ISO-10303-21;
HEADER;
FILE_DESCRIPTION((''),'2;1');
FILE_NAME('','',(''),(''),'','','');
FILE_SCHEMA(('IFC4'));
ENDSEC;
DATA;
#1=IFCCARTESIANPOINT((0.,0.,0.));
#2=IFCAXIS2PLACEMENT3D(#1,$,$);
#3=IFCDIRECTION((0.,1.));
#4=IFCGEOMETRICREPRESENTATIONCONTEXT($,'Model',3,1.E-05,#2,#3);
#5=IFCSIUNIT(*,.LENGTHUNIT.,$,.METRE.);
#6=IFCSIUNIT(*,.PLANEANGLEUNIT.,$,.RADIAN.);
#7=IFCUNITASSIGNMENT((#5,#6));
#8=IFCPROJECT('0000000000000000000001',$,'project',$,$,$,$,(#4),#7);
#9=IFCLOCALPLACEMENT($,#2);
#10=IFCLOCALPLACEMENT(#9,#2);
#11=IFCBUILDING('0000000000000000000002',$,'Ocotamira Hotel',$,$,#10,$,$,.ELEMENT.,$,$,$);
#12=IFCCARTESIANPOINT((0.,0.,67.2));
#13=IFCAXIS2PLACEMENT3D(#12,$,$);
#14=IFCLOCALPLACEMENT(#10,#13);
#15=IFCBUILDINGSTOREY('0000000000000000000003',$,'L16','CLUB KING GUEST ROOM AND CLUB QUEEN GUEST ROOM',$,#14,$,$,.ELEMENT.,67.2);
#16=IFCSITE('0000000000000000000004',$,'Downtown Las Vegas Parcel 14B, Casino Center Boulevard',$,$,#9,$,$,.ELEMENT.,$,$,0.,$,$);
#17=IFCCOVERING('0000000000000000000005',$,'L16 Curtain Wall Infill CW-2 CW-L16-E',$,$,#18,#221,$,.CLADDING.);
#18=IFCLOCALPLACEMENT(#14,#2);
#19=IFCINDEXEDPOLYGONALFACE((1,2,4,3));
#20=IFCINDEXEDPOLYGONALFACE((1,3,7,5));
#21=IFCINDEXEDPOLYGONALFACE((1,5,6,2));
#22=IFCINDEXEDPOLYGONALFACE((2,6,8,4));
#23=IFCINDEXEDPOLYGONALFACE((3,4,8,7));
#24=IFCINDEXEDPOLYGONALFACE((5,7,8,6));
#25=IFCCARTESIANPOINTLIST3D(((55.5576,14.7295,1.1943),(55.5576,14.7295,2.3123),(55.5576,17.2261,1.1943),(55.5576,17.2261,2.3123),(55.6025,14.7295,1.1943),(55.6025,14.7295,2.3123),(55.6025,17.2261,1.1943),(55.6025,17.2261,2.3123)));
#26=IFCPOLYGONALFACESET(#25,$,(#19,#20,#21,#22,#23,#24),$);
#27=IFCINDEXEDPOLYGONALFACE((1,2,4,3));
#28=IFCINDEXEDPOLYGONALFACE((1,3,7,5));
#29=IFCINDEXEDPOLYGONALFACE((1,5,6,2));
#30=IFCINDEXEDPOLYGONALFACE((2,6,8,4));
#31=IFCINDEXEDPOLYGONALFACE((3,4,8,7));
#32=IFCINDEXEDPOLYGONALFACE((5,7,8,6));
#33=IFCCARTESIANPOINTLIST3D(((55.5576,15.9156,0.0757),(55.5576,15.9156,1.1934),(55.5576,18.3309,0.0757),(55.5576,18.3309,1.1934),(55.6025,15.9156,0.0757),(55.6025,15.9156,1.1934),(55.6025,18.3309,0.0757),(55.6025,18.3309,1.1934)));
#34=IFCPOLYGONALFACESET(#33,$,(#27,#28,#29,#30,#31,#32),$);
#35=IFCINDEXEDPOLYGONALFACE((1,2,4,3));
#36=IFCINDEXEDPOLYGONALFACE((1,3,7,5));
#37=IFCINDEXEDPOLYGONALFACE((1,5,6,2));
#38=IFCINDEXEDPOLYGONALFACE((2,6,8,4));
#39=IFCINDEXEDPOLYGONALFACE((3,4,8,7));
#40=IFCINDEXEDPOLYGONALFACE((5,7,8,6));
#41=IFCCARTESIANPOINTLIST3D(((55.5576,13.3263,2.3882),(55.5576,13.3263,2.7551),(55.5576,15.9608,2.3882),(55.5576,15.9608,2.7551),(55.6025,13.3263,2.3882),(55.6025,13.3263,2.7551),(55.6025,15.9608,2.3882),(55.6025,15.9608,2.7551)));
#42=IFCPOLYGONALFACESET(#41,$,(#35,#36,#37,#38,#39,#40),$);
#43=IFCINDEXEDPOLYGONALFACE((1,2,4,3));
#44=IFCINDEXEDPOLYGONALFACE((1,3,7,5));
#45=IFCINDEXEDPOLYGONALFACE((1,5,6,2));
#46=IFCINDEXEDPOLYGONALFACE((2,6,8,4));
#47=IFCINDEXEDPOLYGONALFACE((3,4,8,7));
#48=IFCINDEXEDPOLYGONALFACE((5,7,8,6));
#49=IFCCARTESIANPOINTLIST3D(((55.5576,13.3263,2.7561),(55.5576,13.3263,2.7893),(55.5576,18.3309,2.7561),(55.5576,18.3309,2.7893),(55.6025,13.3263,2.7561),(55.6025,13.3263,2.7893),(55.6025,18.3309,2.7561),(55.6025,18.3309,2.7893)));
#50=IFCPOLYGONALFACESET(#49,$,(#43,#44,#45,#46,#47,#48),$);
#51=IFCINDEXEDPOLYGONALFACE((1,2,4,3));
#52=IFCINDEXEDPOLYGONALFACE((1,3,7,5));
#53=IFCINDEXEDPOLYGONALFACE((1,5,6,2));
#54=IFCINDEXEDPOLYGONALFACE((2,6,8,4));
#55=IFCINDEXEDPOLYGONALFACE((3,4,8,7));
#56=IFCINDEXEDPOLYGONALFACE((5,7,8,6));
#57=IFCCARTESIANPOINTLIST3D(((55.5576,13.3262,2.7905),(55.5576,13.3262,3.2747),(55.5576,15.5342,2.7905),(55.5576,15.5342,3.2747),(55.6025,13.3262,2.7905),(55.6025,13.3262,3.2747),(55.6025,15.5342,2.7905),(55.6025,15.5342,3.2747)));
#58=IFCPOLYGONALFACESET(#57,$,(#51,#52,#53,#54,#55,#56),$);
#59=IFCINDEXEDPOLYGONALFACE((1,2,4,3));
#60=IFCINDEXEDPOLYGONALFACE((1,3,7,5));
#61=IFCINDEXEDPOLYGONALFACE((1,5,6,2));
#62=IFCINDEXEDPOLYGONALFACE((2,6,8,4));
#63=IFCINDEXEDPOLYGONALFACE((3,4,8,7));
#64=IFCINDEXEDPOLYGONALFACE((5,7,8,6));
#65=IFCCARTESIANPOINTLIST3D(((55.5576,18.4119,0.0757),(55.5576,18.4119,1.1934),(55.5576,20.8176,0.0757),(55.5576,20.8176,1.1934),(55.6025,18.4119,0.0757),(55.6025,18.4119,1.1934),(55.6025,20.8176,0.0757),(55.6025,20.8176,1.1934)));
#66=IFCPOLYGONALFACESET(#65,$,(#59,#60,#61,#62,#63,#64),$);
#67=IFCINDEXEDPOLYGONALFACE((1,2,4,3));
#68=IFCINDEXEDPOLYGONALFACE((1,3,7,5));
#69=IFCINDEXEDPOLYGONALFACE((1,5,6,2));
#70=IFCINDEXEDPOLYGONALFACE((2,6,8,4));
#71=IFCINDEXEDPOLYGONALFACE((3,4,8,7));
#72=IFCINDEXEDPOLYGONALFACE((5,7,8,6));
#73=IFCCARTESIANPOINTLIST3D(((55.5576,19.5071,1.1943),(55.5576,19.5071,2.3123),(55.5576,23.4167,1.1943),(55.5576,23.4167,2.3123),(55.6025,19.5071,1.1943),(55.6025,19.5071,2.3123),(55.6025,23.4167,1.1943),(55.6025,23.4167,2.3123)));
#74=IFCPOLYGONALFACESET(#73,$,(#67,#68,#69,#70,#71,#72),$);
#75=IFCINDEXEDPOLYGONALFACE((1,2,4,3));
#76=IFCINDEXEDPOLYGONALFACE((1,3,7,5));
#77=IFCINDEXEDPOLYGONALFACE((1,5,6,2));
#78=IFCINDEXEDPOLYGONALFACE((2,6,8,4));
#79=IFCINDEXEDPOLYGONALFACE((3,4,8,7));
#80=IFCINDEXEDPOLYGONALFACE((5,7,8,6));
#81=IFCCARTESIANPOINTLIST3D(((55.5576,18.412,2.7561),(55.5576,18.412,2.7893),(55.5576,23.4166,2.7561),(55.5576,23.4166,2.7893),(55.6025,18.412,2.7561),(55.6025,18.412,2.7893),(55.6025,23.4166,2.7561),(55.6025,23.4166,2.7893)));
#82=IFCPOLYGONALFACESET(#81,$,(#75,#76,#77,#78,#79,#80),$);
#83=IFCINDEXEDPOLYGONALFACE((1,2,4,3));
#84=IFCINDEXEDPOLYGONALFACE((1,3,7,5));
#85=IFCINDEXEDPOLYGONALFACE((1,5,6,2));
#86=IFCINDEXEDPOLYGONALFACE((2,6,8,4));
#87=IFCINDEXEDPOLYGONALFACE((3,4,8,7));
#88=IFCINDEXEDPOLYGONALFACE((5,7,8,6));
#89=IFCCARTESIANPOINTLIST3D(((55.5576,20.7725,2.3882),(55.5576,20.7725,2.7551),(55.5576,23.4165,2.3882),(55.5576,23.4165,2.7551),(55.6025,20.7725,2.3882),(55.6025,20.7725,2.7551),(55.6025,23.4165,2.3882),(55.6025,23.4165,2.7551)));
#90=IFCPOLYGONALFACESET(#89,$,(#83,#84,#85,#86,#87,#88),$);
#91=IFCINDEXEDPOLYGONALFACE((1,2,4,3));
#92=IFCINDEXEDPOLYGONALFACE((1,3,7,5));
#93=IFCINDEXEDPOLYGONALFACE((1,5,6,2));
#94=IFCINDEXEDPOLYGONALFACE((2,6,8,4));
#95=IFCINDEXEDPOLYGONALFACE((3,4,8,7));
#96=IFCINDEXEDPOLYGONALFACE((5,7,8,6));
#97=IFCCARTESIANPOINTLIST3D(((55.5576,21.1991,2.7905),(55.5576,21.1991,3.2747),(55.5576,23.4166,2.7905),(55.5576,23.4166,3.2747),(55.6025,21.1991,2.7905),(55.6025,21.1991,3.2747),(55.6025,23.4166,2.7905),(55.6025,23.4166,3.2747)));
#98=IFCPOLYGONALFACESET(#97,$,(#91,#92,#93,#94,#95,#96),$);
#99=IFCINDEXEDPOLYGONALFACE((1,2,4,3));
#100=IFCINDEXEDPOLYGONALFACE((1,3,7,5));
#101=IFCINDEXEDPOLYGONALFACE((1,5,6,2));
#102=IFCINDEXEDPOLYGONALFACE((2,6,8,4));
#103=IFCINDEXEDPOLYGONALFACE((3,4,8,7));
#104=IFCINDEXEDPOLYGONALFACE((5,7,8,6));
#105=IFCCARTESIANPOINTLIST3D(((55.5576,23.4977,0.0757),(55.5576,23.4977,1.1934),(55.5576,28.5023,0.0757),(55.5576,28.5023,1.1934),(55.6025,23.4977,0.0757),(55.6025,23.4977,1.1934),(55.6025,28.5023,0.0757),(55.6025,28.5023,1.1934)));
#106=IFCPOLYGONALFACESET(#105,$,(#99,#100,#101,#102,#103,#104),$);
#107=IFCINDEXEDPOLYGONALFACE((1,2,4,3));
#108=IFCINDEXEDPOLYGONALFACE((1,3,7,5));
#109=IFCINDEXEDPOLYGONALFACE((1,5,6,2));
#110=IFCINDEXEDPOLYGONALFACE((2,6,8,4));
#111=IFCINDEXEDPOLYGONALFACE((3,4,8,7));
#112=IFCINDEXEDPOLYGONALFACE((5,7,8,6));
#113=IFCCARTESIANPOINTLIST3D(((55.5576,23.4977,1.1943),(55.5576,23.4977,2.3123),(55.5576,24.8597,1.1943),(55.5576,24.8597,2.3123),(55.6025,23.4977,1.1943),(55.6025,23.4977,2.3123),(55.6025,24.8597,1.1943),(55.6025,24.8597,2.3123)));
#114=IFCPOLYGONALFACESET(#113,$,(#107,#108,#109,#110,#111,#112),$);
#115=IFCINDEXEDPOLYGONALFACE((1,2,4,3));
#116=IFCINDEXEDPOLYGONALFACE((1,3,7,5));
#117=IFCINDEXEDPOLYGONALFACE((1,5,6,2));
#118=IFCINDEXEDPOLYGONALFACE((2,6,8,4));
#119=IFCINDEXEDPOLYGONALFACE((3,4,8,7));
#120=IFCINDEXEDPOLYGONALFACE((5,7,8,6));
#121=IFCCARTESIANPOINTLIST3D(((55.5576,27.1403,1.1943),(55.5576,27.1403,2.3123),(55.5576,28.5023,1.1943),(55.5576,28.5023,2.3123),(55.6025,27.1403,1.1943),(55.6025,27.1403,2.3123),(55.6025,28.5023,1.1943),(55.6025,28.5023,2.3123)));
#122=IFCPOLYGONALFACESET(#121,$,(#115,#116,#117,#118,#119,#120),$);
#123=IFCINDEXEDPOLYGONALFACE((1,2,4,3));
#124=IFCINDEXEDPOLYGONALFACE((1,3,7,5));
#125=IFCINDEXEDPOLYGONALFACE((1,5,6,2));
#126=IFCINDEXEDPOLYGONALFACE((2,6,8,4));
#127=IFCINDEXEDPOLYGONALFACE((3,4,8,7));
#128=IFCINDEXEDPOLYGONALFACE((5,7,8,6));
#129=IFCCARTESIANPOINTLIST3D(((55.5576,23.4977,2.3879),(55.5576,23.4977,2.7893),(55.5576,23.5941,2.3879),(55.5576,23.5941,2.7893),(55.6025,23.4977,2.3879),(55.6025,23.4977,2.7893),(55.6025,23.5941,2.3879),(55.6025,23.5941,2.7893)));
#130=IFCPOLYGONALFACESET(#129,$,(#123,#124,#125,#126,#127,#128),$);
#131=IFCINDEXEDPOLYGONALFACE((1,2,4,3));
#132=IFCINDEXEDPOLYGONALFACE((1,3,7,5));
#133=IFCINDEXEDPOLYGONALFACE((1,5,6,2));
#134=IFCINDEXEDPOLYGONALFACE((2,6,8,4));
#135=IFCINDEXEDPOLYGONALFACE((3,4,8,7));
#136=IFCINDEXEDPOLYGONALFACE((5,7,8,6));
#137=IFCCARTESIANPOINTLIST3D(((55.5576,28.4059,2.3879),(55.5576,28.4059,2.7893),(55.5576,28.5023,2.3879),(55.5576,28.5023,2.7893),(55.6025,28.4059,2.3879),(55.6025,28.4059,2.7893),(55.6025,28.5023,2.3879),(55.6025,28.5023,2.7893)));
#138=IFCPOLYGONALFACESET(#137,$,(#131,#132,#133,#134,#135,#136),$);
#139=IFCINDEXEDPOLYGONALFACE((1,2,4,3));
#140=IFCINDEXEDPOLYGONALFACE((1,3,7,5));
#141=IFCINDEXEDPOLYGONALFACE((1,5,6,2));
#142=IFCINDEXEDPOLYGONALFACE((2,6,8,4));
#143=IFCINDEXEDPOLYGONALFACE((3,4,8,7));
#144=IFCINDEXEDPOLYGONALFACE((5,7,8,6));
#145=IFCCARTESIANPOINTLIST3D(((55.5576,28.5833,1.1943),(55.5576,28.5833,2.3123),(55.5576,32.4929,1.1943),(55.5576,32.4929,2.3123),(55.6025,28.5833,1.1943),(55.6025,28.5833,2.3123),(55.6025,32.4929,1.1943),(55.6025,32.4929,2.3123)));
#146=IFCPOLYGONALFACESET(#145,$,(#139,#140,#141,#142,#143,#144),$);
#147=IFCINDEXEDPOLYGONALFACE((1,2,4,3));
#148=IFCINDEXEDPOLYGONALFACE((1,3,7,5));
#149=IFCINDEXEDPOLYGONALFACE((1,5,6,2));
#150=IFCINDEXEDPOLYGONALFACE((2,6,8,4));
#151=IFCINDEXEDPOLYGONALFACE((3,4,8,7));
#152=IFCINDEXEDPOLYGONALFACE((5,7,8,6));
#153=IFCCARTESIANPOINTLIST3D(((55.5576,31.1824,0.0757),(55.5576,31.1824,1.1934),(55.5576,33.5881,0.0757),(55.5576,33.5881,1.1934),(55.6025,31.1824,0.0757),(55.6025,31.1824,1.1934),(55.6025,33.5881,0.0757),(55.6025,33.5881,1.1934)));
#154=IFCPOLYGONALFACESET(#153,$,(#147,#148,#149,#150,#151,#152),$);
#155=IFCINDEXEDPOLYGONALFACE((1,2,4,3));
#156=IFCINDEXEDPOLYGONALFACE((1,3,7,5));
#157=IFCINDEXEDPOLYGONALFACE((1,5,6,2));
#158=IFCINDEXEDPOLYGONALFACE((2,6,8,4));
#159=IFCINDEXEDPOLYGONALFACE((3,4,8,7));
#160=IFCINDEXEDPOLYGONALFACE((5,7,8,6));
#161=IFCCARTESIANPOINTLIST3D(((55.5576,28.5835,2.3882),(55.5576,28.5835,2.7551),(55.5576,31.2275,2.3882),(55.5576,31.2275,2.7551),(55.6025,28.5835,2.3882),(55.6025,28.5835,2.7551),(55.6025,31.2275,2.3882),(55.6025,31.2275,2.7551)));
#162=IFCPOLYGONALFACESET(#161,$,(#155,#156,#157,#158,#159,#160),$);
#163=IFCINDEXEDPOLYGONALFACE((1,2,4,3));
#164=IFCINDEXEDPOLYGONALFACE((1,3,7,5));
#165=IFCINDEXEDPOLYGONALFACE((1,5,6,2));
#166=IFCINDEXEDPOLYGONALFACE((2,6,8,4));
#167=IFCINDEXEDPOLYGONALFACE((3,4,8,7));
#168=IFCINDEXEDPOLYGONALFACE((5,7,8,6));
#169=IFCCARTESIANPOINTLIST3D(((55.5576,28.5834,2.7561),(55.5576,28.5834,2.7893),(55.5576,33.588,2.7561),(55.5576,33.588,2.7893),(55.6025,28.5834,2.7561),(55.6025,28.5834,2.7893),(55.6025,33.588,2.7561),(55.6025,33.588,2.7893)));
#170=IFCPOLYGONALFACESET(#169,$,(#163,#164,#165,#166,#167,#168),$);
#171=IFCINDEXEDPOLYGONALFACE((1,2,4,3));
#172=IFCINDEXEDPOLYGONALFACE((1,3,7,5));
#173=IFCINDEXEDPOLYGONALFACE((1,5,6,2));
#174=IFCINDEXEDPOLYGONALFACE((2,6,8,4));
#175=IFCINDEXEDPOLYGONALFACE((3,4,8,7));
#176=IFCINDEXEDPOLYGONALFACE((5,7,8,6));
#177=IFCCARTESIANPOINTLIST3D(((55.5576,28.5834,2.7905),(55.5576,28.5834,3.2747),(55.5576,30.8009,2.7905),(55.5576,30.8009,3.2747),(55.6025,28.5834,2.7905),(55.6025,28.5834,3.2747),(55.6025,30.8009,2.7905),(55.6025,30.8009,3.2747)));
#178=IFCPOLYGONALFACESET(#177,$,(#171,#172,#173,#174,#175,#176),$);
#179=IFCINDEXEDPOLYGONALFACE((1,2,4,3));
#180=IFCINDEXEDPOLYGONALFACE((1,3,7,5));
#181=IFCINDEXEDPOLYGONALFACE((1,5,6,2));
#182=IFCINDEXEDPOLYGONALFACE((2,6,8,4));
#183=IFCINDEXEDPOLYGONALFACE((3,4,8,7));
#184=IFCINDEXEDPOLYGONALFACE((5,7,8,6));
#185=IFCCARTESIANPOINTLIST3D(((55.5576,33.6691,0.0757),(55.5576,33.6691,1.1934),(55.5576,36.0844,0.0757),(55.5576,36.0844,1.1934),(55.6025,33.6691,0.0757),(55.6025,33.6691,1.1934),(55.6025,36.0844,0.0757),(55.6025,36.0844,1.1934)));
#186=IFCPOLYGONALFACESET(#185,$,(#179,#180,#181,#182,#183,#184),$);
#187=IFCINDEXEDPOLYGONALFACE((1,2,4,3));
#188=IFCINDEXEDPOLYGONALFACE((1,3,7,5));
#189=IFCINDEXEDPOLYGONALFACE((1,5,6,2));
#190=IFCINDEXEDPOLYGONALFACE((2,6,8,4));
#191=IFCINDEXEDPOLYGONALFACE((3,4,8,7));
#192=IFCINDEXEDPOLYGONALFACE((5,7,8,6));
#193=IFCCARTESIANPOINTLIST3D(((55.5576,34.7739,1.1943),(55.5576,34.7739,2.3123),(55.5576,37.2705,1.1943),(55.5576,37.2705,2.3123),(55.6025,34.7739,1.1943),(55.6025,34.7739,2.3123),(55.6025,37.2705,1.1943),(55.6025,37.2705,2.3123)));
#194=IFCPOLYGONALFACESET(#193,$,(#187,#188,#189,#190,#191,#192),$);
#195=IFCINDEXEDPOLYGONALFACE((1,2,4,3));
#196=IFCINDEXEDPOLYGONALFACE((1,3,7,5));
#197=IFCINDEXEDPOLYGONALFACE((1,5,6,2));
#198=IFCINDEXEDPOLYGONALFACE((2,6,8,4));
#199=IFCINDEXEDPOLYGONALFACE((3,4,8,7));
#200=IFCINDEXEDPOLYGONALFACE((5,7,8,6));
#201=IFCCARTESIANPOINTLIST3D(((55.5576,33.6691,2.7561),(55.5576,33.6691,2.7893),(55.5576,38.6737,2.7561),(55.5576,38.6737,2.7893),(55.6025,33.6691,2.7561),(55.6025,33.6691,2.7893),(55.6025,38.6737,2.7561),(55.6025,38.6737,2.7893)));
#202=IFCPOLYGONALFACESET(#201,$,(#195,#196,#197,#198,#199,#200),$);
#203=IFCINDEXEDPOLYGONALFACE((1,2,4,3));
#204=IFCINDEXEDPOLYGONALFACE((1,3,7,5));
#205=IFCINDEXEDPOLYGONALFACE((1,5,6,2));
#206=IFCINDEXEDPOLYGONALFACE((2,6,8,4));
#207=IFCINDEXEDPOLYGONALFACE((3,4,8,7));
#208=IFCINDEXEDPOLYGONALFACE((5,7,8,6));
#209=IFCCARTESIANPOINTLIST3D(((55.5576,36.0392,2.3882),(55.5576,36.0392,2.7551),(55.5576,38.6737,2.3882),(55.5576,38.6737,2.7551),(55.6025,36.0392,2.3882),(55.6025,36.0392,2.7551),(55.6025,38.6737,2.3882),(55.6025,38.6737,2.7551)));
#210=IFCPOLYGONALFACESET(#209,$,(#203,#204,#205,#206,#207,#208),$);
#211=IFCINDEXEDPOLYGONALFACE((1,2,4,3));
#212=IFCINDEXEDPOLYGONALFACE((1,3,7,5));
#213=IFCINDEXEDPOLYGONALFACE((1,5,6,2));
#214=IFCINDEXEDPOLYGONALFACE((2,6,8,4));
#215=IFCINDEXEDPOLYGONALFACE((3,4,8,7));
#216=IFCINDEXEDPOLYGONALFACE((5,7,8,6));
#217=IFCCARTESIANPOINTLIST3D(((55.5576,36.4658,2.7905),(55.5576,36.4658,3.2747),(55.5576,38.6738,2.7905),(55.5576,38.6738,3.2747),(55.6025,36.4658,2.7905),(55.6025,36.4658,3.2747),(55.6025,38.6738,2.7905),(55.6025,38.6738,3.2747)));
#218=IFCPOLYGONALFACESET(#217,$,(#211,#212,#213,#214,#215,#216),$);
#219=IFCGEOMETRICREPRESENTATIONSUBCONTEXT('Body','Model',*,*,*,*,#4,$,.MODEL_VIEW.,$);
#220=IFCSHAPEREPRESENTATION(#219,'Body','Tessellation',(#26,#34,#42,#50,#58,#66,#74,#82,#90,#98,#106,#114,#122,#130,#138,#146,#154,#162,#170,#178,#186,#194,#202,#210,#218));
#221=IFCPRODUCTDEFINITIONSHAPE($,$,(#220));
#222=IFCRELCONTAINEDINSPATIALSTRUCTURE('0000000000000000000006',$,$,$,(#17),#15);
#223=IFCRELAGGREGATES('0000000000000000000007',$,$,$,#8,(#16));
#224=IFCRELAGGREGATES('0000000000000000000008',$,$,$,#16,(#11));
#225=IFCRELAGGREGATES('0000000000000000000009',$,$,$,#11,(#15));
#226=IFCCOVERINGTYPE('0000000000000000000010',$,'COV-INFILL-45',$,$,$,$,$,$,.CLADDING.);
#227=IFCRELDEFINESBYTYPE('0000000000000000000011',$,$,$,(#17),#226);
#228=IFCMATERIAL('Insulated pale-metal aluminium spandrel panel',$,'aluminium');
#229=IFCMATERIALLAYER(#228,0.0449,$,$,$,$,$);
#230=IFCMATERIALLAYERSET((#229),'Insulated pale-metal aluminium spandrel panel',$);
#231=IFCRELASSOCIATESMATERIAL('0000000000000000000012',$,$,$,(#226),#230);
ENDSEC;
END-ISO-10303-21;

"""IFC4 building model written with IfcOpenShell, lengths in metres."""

from ifc_helpers import new_model, si_unit, direction, frame, origin, origin_2d, place, context, subcontext, project, spatial, rectangle, extrude, material, layer, layer_set, type_object, element, save


model = new_model("IFC4")

# Units and contexts
model_context = context("Model", 3, precision=1e-05, world=origin(), true_north=direction((0.0, 1.0)))
body_context = subcontext(model_context, "Body", "Model", "MODEL_VIEW")
ifc_project = project(units=[si_unit("LENGTHUNIT", "METRE"), si_unit("PLANEANGLEUNIT", "RADIAN")], contexts=[model_context])

# Site, building, storey
site_placement = place(None, origin())
site = spatial("IfcSite", under=ifc_project, at=site_placement, Name="Downtown Las Vegas Parcel 14B, Casino Center Boulevard", CompositionType="ELEMENT", RefElevation=0.0)
building_placement = place(site_placement, origin())
building = spatial("IfcBuilding", under=site, at=building_placement, Name="Ocotamira Hotel", CompositionType="ELEMENT")
storey_placement = place(building_placement, frame((0.0, 0.0, 67.2)))
storey = spatial("IfcBuildingStorey", under=building, at=storey_placement, Name="L16", Description="CLUB KING GUEST ROOM AND CLUB QUEEN GUEST ROOM", CompositionType="ELEMENT", Elevation=67.2)

# Covering
ifc_material_1 = material(Name="Insulated pale-metal aluminium spandrel panel", Category="aluminium")
ifc_layer_1 = layer(ifc_material_1, 0.0449)
ifc_layer_set_1 = layer_set([ifc_layer_1], Name="Insulated pale-metal aluminium spandrel panel")
covering_type_1 = type_object("IfcCoveringType", Name="COV-INFILL-45", PredefinedType="CLADDING", material=ifc_layer_set_1)
covering_1_placement = place(storey_placement, origin())
element("IfcCovering", 1, at=covering_1_placement, inside=storey, type_object=covering_type_1, Name="L16 Curtain Wall Infill CW-2 CW-L16-E", PredefinedType="CLADDING", context=body_context, shape_type="SweptSolid", body=[
    extrude(rectangle(XDim=2.4966, YDim=0.0449, at=origin_2d()), frame((55.5801, 15.9778, 1.1943), z_axis=(0.0, 0.0, 1.0), x_axis=(0.0, 1.0, 0.0)), (0.0, 0.0, 1.0), 1.1179),
    extrude(rectangle(XDim=2.4153, YDim=0.0449, at=origin_2d()), frame((55.5801, 17.1233, 0.0757), z_axis=(0.0, 0.0, 1.0), x_axis=(0.0, 1.0, 0.0)), (0.0, 0.0, 1.0), 1.1177),
    extrude(rectangle(XDim=2.6345, YDim=0.0449, at=origin_2d()), frame((55.5801, 14.6436, 2.3882), z_axis=(0.0, 0.0, 1.0), x_axis=(0.0, 1.0, 0.0)), (0.0, 0.0, 1.0), 0.3669),
    extrude(rectangle(XDim=5.0046, YDim=0.0449, at=origin_2d()), frame((55.5801, 15.8286, 2.7561), z_axis=(0.0, 0.0, 1.0), x_axis=(0.0, 1.0, 0.0)), (0.0, 0.0, 1.0), 0.0332),
    extrude(rectangle(XDim=2.208, YDim=0.0449, at=origin_2d()), frame((55.5801, 14.4302, 2.7905), z_axis=(0.0, 0.0, 1.0), x_axis=(0.0, 1.0, 0.0)), (0.0, 0.0, 1.0), 0.4841),
    extrude(rectangle(XDim=2.4058, YDim=0.0449, at=origin_2d()), frame((55.5801, 19.6147, 0.0757), z_axis=(0.0, 0.0, 1.0), x_axis=(0.0, 1.0, 0.0)), (0.0, 0.0, 1.0), 1.1177),
    extrude(rectangle(XDim=3.9097, YDim=0.0449, at=origin_2d()), frame((55.5801, 21.4619, 1.1943), z_axis=(0.0, 0.0, 1.0), x_axis=(0.0, 1.0, 0.0)), (0.0, 0.0, 1.0), 1.1179),
    extrude(rectangle(XDim=5.0046, YDim=0.0449, at=origin_2d()), frame((55.5801, 20.9143, 2.7561), z_axis=(0.0, 0.0, 1.0), x_axis=(0.0, 1.0, 0.0)), (0.0, 0.0, 1.0), 0.0332),
    extrude(rectangle(XDim=2.644, YDim=0.0449, at=origin_2d()), frame((55.5801, 22.0945, 2.3882), z_axis=(0.0, 0.0, 1.0), x_axis=(0.0, 1.0, 0.0)), (0.0, 0.0, 1.0), 0.3669),
    extrude(rectangle(XDim=2.2175, YDim=0.0449, at=origin_2d()), frame((55.5801, 22.3079, 2.7905), z_axis=(0.0, 0.0, 1.0), x_axis=(0.0, 1.0, 0.0)), (0.0, 0.0, 1.0), 0.4841),
    extrude(rectangle(XDim=5.0046, YDim=0.0449, at=origin_2d()), frame((55.5801, 26.0, 0.0757), z_axis=(0.0, 0.0, 1.0), x_axis=(0.0, 1.0, 0.0)), (0.0, 0.0, 1.0), 1.1177),
    extrude(rectangle(XDim=1.3621, YDim=0.0449, at=origin_2d()), frame((55.5801, 24.1787, 1.1943), z_axis=(0.0, 0.0, 1.0), x_axis=(0.0, 1.0, 0.0)), (0.0, 0.0, 1.0), 1.1179),
    extrude(rectangle(XDim=1.3621, YDim=0.0449, at=origin_2d()), frame((55.5801, 27.8213, 1.1943), z_axis=(0.0, 0.0, 1.0), x_axis=(0.0, 1.0, 0.0)), (0.0, 0.0, 1.0), 1.1179),
    extrude(rectangle(XDim=0.0964, YDim=0.0449, at=origin_2d()), frame((55.5801, 23.5459, 2.3879), z_axis=(0.0, 0.0, 1.0), x_axis=(0.0, 1.0, 0.0)), (0.0, 0.0, 1.0), 0.4014),
    extrude(rectangle(XDim=0.0964, YDim=0.0449, at=origin_2d()), frame((55.5801, 28.4541, 2.3879), z_axis=(0.0, 0.0, 1.0), x_axis=(0.0, 1.0, 0.0)), (0.0, 0.0, 1.0), 0.4014),
    extrude(rectangle(XDim=3.9097, YDim=0.0449, at=origin_2d()), frame((55.5801, 30.5381, 1.1943), z_axis=(0.0, 0.0, 1.0), x_axis=(0.0, 1.0, 0.0)), (0.0, 0.0, 1.0), 1.1179),
    extrude(rectangle(XDim=2.4058, YDim=0.0449, at=origin_2d()), frame((55.5801, 32.3853, 0.0757), z_axis=(0.0, 0.0, 1.0), x_axis=(0.0, 1.0, 0.0)), (0.0, 0.0, 1.0), 1.1177),
    extrude(rectangle(XDim=2.644, YDim=0.0449, at=origin_2d()), frame((55.5801, 29.9055, 2.3882), z_axis=(0.0, 0.0, 1.0), x_axis=(0.0, 1.0, 0.0)), (0.0, 0.0, 1.0), 0.3669),
    extrude(rectangle(XDim=5.0046, YDim=0.0449, at=origin_2d()), frame((55.5801, 31.0857, 2.7561), z_axis=(0.0, 0.0, 1.0), x_axis=(0.0, 1.0, 0.0)), (0.0, 0.0, 1.0), 0.0332),
    extrude(rectangle(XDim=2.2175, YDim=0.0449, at=origin_2d()), frame((55.5801, 29.6921, 2.7905), z_axis=(0.0, 0.0, 1.0), x_axis=(0.0, 1.0, 0.0)), (0.0, 0.0, 1.0), 0.4841),
    extrude(rectangle(XDim=2.4153, YDim=0.0449, at=origin_2d()), frame((55.5801, 34.8767, 0.0757), z_axis=(0.0, 0.0, 1.0), x_axis=(0.0, 1.0, 0.0)), (0.0, 0.0, 1.0), 1.1177),
    extrude(rectangle(XDim=2.4966, YDim=0.0449, at=origin_2d()), frame((55.5801, 36.0222, 1.1943), z_axis=(0.0, 0.0, 1.0), x_axis=(0.0, 1.0, 0.0)), (0.0, 0.0, 1.0), 1.1179),
    extrude(rectangle(XDim=5.0046, YDim=0.0449, at=origin_2d()), frame((55.5801, 36.1714, 2.7561), z_axis=(0.0, 0.0, 1.0), x_axis=(0.0, 1.0, 0.0)), (0.0, 0.0, 1.0), 0.0332),
    extrude(rectangle(XDim=2.6345, YDim=0.0449, at=origin_2d()), frame((55.5801, 37.3564, 2.3882), z_axis=(0.0, 0.0, 1.0), x_axis=(0.0, 1.0, 0.0)), (0.0, 0.0, 1.0), 0.3669),
    extrude(rectangle(XDim=2.208, YDim=0.0449, at=origin_2d()), frame((55.5801, 37.5698, 2.7905), z_axis=(0.0, 0.0, 1.0), x_axis=(0.0, 1.0, 0.0)), (0.0, 0.0, 1.0), 0.4841),
])

save(model, "model.ifc")
